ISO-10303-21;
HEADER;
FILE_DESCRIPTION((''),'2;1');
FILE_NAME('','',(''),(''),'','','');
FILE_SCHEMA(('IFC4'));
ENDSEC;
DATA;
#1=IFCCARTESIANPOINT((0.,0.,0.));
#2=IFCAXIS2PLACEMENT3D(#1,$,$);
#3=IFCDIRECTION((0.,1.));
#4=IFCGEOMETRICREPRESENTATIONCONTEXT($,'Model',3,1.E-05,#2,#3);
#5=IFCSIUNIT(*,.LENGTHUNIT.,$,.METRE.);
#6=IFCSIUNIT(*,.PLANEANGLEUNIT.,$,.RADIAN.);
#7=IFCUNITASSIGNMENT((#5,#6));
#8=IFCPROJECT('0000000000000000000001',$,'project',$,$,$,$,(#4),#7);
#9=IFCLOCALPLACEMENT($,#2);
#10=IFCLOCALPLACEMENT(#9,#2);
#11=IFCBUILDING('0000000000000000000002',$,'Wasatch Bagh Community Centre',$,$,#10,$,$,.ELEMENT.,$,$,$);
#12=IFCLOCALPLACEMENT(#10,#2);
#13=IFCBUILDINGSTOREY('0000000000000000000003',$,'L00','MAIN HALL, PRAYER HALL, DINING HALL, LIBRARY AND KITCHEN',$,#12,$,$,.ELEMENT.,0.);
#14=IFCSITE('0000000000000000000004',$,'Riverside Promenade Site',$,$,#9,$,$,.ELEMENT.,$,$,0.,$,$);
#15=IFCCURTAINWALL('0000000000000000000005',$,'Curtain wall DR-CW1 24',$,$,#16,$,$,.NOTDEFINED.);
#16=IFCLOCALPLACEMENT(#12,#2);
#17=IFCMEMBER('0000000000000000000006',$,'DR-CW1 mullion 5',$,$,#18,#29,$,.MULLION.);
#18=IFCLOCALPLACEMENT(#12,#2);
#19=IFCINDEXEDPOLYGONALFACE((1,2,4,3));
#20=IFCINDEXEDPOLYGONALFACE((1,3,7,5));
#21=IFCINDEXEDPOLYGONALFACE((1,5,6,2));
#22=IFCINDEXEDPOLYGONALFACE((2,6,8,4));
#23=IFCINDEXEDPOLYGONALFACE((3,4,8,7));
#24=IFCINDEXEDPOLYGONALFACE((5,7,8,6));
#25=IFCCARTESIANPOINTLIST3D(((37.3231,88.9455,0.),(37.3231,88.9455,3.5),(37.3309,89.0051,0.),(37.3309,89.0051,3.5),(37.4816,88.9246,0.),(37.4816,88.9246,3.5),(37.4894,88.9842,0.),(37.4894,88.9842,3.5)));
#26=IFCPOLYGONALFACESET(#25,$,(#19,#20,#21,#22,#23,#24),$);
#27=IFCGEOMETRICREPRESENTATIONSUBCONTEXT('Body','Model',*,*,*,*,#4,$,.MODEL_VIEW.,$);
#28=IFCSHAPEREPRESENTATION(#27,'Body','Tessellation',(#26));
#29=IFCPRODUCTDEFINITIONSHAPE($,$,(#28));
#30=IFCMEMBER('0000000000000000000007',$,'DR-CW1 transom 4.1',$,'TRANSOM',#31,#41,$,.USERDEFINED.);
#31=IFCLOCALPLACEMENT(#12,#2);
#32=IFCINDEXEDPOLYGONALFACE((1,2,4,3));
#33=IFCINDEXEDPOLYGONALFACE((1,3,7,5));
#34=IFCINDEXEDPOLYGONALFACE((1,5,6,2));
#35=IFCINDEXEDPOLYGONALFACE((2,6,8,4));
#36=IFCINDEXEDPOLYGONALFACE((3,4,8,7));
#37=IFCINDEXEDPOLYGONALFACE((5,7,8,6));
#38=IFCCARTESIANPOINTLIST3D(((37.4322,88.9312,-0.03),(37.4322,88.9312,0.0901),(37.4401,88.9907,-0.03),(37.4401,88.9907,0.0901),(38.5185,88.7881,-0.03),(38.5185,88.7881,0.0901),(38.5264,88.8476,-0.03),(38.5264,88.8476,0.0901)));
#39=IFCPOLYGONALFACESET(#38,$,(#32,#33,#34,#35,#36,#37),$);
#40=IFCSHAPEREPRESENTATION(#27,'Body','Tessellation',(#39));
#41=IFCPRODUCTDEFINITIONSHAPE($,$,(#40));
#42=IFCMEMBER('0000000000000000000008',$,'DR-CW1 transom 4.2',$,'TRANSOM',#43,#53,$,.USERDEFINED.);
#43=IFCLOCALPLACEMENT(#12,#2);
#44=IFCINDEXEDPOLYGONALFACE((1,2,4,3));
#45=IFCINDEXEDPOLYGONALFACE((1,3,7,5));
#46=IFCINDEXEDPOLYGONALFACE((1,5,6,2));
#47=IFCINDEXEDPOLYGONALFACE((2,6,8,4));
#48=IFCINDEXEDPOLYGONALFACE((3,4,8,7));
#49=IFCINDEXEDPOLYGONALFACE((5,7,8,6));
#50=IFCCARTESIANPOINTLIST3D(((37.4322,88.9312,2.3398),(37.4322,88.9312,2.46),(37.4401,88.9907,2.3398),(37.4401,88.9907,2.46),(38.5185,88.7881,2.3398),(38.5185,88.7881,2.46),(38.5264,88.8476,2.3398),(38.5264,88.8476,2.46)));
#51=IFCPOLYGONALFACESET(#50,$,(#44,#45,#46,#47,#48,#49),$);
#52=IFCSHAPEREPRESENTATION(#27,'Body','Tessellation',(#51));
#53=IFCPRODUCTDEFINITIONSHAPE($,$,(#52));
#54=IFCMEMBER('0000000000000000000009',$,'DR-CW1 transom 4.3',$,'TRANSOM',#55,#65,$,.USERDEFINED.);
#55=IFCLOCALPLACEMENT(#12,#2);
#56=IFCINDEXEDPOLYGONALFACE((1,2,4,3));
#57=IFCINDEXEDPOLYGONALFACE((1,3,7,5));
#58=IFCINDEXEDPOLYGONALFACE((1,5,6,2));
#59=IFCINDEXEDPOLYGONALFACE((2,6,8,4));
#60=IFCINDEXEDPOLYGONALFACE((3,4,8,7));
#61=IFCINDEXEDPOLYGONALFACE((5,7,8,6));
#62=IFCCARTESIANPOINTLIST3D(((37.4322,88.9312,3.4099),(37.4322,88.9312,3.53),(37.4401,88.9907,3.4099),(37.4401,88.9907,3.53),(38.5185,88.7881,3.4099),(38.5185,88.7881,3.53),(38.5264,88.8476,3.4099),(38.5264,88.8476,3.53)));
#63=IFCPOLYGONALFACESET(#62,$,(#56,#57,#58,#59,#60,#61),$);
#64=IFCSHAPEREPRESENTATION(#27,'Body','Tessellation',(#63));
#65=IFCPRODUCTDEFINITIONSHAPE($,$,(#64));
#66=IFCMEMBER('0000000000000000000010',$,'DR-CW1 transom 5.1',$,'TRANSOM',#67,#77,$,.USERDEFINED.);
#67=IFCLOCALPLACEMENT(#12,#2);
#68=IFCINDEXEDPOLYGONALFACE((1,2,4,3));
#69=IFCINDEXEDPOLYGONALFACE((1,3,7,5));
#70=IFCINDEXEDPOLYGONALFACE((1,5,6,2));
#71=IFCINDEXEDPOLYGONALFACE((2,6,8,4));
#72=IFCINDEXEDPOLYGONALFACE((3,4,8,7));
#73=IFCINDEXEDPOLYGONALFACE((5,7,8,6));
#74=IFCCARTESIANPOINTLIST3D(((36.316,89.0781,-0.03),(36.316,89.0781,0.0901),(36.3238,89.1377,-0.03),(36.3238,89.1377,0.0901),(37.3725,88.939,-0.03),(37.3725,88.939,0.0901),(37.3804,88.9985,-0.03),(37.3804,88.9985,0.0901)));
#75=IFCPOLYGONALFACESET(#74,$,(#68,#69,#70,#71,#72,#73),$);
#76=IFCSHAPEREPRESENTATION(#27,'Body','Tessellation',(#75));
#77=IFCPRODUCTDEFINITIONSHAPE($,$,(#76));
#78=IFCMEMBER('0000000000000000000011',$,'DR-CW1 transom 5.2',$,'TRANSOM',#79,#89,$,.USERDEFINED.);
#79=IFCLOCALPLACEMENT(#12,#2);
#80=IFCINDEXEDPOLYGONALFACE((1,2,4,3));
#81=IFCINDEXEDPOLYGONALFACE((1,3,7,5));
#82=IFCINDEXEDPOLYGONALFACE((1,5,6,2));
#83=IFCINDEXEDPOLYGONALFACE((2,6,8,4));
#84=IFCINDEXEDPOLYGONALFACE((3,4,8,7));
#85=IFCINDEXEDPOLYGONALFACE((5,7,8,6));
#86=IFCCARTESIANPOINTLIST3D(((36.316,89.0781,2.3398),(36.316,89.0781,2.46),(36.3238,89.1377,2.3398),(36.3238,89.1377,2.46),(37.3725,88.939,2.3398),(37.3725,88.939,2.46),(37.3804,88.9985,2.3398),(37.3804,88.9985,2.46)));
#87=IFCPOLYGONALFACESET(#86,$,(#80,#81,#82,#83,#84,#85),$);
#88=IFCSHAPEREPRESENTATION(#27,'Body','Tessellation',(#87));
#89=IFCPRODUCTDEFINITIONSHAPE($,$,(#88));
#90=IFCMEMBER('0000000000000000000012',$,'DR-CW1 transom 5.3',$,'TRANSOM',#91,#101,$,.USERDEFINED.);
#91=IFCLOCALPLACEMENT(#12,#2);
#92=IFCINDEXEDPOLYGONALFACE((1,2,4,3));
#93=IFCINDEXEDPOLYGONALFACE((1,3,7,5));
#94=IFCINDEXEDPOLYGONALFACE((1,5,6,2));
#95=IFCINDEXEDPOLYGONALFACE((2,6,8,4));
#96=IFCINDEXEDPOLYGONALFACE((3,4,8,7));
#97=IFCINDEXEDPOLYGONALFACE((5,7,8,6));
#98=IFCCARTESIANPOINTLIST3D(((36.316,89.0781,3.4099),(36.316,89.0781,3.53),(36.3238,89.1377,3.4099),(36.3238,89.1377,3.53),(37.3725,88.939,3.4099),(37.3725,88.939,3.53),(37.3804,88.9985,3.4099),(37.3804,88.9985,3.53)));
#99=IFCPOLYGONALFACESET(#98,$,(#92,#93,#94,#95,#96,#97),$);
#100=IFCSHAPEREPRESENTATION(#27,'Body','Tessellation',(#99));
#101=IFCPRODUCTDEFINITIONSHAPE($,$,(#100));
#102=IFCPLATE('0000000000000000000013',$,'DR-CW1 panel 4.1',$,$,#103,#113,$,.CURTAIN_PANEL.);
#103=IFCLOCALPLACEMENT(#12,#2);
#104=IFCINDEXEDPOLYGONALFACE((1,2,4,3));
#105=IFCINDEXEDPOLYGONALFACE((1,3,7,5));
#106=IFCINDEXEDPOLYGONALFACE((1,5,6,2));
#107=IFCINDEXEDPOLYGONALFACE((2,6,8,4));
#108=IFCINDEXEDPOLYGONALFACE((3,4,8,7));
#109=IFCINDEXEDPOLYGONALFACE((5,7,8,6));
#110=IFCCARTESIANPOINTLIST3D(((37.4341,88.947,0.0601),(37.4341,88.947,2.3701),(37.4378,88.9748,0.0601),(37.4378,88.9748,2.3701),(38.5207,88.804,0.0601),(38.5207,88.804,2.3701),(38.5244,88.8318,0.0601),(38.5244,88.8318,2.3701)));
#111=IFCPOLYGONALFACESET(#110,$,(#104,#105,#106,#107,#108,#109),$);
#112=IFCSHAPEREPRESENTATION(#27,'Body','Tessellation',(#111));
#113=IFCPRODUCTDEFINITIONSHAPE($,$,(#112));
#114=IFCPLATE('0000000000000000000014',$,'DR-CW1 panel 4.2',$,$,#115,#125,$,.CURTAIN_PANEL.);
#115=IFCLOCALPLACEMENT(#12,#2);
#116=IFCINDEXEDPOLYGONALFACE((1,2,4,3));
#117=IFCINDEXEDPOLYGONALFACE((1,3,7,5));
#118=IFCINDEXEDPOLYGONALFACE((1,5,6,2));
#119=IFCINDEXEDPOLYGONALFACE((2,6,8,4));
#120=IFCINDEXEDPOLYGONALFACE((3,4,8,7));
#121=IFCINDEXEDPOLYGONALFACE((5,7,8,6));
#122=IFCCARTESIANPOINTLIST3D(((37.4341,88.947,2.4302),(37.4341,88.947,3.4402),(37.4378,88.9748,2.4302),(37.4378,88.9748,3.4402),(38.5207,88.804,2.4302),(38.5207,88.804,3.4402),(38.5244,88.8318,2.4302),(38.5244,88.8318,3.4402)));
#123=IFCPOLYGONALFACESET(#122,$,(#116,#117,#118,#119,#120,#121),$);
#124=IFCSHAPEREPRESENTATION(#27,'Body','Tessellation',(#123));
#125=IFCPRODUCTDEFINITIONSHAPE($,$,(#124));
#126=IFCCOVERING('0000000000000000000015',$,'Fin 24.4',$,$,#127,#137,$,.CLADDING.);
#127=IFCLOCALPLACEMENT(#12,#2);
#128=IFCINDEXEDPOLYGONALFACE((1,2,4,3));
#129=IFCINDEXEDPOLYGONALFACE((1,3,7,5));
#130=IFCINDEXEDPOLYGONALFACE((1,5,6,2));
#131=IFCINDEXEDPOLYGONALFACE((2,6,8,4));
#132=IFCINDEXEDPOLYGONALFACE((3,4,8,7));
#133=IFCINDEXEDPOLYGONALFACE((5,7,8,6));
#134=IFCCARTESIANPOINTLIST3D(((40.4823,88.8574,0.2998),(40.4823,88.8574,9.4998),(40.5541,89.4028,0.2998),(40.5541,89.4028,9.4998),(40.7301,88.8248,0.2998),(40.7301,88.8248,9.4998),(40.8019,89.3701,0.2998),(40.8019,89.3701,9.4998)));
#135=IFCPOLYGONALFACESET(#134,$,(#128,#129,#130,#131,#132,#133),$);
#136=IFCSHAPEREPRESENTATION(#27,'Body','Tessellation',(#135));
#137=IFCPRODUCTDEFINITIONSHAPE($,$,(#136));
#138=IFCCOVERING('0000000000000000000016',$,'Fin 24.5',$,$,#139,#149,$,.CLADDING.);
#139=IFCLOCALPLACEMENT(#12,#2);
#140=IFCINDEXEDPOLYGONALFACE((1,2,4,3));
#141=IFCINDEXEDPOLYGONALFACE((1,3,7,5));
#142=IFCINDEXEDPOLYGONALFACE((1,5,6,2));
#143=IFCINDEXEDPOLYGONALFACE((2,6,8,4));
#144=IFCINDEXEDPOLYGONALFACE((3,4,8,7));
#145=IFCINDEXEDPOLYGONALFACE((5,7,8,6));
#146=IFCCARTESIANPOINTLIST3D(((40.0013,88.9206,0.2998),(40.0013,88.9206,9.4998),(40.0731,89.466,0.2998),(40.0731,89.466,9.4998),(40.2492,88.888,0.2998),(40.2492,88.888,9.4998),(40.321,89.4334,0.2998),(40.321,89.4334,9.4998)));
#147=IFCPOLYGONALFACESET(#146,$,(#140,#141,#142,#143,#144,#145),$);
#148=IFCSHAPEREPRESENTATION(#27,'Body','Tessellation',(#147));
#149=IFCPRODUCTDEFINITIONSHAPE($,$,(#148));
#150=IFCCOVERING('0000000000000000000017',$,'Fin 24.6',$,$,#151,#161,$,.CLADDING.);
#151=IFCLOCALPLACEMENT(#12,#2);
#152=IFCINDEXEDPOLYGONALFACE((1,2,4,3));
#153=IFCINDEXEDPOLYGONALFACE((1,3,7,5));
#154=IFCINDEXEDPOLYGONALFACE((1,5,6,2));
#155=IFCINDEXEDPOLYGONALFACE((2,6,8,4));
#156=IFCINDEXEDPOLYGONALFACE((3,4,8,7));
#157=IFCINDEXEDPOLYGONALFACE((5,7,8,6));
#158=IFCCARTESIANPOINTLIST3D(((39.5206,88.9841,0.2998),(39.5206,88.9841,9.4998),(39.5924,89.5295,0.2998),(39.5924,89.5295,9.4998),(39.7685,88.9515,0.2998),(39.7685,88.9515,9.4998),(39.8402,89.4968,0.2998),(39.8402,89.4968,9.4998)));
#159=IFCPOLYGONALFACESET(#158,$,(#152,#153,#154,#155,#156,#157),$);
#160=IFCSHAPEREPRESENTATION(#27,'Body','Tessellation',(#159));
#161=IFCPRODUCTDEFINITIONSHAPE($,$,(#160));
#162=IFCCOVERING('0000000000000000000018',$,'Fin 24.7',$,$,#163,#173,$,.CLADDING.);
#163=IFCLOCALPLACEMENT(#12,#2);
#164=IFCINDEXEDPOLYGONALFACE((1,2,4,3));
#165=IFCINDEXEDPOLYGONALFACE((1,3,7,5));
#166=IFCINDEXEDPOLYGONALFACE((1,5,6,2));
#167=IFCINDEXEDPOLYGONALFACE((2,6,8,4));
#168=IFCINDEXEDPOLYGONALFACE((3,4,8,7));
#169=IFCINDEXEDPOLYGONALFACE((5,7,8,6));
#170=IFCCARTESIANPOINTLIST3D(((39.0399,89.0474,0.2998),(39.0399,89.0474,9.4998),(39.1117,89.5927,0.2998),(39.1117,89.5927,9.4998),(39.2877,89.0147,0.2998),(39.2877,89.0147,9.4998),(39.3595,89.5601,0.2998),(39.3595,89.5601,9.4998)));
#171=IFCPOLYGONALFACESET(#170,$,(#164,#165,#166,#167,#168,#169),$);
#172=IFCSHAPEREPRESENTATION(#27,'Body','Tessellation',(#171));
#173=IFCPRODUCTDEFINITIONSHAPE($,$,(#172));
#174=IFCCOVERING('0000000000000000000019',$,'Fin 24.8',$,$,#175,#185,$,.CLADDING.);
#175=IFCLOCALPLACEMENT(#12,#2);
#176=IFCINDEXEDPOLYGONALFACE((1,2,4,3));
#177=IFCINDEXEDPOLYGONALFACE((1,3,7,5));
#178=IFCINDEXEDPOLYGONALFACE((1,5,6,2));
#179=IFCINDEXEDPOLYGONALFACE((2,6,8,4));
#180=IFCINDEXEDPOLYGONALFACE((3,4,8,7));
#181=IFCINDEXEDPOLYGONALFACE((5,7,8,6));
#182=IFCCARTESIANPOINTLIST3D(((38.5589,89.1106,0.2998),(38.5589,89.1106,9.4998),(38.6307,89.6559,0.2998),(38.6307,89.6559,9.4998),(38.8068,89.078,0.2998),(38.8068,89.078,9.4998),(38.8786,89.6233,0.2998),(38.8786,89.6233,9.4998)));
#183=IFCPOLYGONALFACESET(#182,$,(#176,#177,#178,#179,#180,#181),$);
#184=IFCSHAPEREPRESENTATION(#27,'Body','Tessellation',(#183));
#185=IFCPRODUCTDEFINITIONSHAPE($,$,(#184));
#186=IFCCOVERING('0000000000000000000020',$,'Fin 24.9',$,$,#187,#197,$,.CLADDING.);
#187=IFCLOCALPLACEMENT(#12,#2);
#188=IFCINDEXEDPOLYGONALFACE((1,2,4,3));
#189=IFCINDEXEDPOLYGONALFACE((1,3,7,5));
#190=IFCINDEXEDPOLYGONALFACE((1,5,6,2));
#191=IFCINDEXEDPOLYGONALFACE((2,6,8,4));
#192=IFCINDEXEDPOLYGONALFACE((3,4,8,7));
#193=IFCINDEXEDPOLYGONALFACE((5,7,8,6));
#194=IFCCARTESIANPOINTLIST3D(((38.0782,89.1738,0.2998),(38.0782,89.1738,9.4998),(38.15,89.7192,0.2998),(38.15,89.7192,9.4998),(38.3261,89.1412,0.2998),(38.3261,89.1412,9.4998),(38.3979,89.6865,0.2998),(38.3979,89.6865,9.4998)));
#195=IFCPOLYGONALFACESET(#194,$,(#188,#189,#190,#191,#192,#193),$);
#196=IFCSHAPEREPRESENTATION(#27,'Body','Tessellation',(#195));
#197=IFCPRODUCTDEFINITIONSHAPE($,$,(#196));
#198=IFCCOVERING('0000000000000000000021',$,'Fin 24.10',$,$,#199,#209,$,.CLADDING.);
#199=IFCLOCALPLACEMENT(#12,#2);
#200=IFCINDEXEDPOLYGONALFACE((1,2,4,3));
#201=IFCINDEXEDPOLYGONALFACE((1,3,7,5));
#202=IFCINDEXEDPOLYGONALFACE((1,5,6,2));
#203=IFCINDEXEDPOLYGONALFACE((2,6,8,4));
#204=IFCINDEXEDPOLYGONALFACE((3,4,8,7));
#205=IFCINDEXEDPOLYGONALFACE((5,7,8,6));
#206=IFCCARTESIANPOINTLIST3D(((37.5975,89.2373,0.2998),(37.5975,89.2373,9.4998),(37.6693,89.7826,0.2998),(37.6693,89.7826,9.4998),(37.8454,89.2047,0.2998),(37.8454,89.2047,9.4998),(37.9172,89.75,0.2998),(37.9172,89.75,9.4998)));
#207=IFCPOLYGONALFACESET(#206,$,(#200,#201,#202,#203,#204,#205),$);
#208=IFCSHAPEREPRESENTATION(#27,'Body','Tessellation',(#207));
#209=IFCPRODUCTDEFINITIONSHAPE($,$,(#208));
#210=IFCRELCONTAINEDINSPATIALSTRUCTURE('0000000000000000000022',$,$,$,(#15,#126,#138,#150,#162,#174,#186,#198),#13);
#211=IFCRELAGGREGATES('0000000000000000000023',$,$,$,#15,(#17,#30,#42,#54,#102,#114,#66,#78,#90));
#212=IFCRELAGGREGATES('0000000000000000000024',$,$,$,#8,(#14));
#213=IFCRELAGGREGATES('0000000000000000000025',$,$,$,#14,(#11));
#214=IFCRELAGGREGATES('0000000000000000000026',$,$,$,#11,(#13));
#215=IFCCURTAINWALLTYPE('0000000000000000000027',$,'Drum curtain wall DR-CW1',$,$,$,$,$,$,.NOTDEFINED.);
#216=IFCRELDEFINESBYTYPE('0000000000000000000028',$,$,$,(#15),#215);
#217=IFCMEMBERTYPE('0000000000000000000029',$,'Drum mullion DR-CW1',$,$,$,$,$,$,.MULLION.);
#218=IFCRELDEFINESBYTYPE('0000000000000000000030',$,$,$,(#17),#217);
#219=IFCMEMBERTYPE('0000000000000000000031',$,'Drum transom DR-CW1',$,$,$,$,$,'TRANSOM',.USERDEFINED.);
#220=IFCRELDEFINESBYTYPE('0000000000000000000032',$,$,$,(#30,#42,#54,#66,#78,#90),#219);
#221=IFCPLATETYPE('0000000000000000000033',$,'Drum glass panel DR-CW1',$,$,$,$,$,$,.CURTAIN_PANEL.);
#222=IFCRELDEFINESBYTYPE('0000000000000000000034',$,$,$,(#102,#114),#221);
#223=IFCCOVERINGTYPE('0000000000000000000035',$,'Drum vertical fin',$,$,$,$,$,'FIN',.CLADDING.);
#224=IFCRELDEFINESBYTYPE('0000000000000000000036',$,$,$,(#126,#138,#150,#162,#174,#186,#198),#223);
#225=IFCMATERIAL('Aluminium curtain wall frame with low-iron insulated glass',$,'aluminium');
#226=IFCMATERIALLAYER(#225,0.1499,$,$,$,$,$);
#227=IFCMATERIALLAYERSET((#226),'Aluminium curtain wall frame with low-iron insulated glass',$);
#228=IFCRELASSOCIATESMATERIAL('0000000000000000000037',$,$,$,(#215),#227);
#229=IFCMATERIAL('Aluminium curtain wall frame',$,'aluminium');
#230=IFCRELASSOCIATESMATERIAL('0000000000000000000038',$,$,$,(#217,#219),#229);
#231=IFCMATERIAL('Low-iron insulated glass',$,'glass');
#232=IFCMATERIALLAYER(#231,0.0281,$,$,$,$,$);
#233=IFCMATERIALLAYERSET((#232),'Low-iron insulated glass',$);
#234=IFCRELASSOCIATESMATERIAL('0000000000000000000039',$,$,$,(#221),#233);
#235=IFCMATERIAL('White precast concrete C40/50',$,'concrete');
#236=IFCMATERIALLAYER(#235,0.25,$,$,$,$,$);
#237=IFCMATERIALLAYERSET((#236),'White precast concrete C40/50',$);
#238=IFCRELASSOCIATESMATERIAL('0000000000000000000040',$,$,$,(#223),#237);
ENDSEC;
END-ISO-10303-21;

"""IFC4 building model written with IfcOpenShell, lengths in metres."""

from ifc_helpers import new_model, si_unit, direction, frame, origin, origin_2d, place, context, subcontext, project, spatial, rectangle, extrude, material, layer, layer_set, material_profile, profile_set, type_object, element, aggregate, save


model = new_model("IFC4")

# Units and contexts
model_context = context("Model", 3, precision=1e-05, world=origin(), true_north=direction((0.0, 1.0)))
body_context = subcontext(model_context, "Body", "Model", "MODEL_VIEW")
ifc_project = project(units=[si_unit("LENGTHUNIT", "METRE"), si_unit("PLANEANGLEUNIT", "RADIAN")], contexts=[model_context])

# Site, building, storey
site_placement = place(None, origin())
site = spatial("IfcSite", under=ifc_project, at=site_placement, Name="Riverside Promenade Site", CompositionType="ELEMENT", RefElevation=0.0)
building_placement = place(site_placement, origin())
building = spatial("IfcBuilding", under=site, at=building_placement, Name="Wasatch Bagh Community Centre", CompositionType="ELEMENT")
storey_placement = place(building_placement, origin())
storey = spatial("IfcBuildingStorey", under=building, at=storey_placement, Name="L00", Description="MAIN HALL, PRAYER HALL, DINING HALL, LIBRARY AND KITCHEN", CompositionType="ELEMENT", Elevation=0.0)

# Curtain wall, members, plates
ifc_material_1 = material(Name="Aluminium curtain wall frame with low-iron insulated glass", Category="aluminium")
ifc_layer_1 = layer(ifc_material_1, 0.1499)
ifc_layer_set_1 = layer_set([ifc_layer_1], Name="Aluminium curtain wall frame with low-iron insulated glass")
curtain_wall_type = type_object("IfcCurtainWallType", Name="Drum curtain wall DR-CW1", PredefinedType="NOTDEFINED", material=ifc_layer_set_1)
curtain_wall_placement = place(storey_placement, origin())
curtain_wall = element("IfcCurtainWall", 1, at=curtain_wall_placement, inside=storey, type_object=curtain_wall_type, Name="Curtain wall DR-CW1 24", PredefinedType="NOTDEFINED")
ifc_material_2 = material(Name="Aluminium curtain wall frame", Category="aluminium")
ifc_material_profile_1 = material_profile(ifc_material_2, rectangle(XDim=0.0601, YDim=0.1599, at=origin_2d()), Name="Drum mullion DR-CW1")
ifc_profile_set_1 = profile_set([ifc_material_profile_1], Name="Aluminium curtain wall frame")
member_type_1 = type_object("IfcMemberType", Name="Drum mullion DR-CW1", PredefinedType="MULLION", material=ifc_profile_set_1)
member_1_placement = place(storey_placement, frame((37.4062, 88.9648, 0.0), z_axis=(0.0, 0.0, 1.0), x_axis=(-0.130526, -0.991445, 0.0)))
member_1 = element("IfcMember", 2, at=member_1_placement, type_object=member_type_1, Name="DR-CW1 mullion 5", PredefinedType="MULLION", context=body_context, shape_type="SweptSolid", body=[
    extrude(rectangle(XDim=0.0601, YDim=0.1599, at=origin_2d()), origin(), (0.0, 0.0, 1.0), 3.5),
])
ifc_material_profile_2 = material_profile(ifc_material_2, rectangle(XDim=0.0601, YDim=0.1201, at=origin_2d()), Name="Drum transom DR-CW1")
ifc_profile_set_2 = profile_set([ifc_material_profile_2], Name="Aluminium curtain wall frame")
member_type_2 = type_object("IfcMemberType", Name="Drum transom DR-CW1", ElementType="TRANSOM", PredefinedType="USERDEFINED", material=ifc_profile_set_2)
member_2_placement = place(storey_placement, frame((38.5225, 88.8179, 0.03), z_axis=(-0.991441, 0.130558, 0.0), x_axis=(-0.130558, -0.991441, 0.0)))
member_2 = element("IfcMember", 3, at=member_2_placement, type_object=member_type_2, Name="DR-CW1 transom 4.1", ObjectType="TRANSOM", PredefinedType="USERDEFINED", context=body_context, shape_type="SweptSolid", body=[
    extrude(rectangle(XDim=0.0601, YDim=0.1201, at=origin_2d()), origin(), (0.0, 0.0, 1.0), 1.0957),
])
member_3_placement = place(storey_placement, frame((38.5225, 88.8179, 2.3999), z_axis=(-0.991441, 0.130558, 0.0), x_axis=(-0.130558, -0.991441, 0.0)))
member_3 = element("IfcMember", 4, at=member_3_placement, type_object=member_type_2, Name="DR-CW1 transom 4.2", ObjectType="TRANSOM", PredefinedType="USERDEFINED", context=body_context, shape_type="SweptSolid", body=[
    extrude(rectangle(XDim=0.0601, YDim=0.1201, at=origin_2d()), origin(), (0.0, 0.0, 1.0), 1.0957),
])
member_4_placement = place(storey_placement, frame((38.5225, 88.8179, 3.47), z_axis=(-0.991441, 0.130558, 0.0), x_axis=(-0.130558, -0.991441, 0.0)))
member_4 = element("IfcMember", 5, at=member_4_placement, type_object=member_type_2, Name="DR-CW1 transom 4.3", ObjectType="TRANSOM", PredefinedType="USERDEFINED", context=body_context, shape_type="SweptSolid", body=[
    extrude(rectangle(XDim=0.0601, YDim=0.1201, at=origin_2d()), origin(), (0.0, 0.0, 1.0), 1.0957),
])
member_5_placement = place(storey_placement, frame((37.3765, 88.9688, 0.03), z_axis=(-0.991439, 0.130573, 0.0), x_axis=(-0.130573, -0.991439, 0.0)))
member_5 = element("IfcMember", 6, at=member_5_placement, type_object=member_type_2, Name="DR-CW1 transom 5.1", ObjectType="TRANSOM", PredefinedType="USERDEFINED", context=body_context, shape_type="SweptSolid", body=[
    extrude(rectangle(XDim=0.0601, YDim=0.1201, at=origin_2d()), origin(), (0.0, 0.0, 1.0), 1.0657),
])
member_6_placement = place(storey_placement, frame((37.3765, 88.9688, 2.3999), z_axis=(-0.991439, 0.130573, 0.0), x_axis=(-0.130573, -0.991439, 0.0)))
member_6 = element("IfcMember", 7, at=member_6_placement, type_object=member_type_2, Name="DR-CW1 transom 5.2", ObjectType="TRANSOM", PredefinedType="USERDEFINED", context=body_context, shape_type="SweptSolid", body=[
    extrude(rectangle(XDim=0.0601, YDim=0.1201, at=origin_2d()), origin(), (0.0, 0.0, 1.0), 1.0657),
])
member_7_placement = place(storey_placement, frame((37.3765, 88.9688, 3.47), z_axis=(-0.991439, 0.130573, 0.0), x_axis=(-0.130573, -0.991439, 0.0)))
member_7 = element("IfcMember", 8, at=member_7_placement, type_object=member_type_2, Name="DR-CW1 transom 5.3", ObjectType="TRANSOM", PredefinedType="USERDEFINED", context=body_context, shape_type="SweptSolid", body=[
    extrude(rectangle(XDim=0.0601, YDim=0.1201, at=origin_2d()), origin(), (0.0, 0.0, 1.0), 1.0657),
])
ifc_material_3 = material(Name="Low-iron insulated glass", Category="glass")
ifc_layer_2 = layer(ifc_material_3, 0.0281)
ifc_layer_set_2 = layer_set([ifc_layer_2], Name="Low-iron insulated glass")
plate_type = type_object("IfcPlateType", Name="Drum glass panel DR-CW1", PredefinedType="CURTAIN_PANEL", material=ifc_layer_set_2)
plate_1_placement = place(storey_placement, frame((37.9792, 88.8894, 0.0601), z_axis=(0.0, 0.0, 1.0), x_axis=(-0.991445, 0.130526, 0.0)))
plate_1 = element("IfcPlate", 9, at=plate_1_placement, type_object=plate_type, Name="DR-CW1 panel 4.1", PredefinedType="CURTAIN_PANEL", context=body_context, shape_type="SweptSolid", body=[
    extrude(rectangle(XDim=1.0959, YDim=0.0281, at=origin_2d()), origin(), (0.0, 0.0, 1.0), 2.3101),
])
plate_2_placement = place(storey_placement, frame((37.9792, 88.8894, 2.4302), z_axis=(0.0, 0.0, 1.0), x_axis=(-0.991445, 0.130526, 0.0)))
plate_2 = element("IfcPlate", 10, at=plate_2_placement, type_object=plate_type, Name="DR-CW1 panel 4.2", PredefinedType="CURTAIN_PANEL", context=body_context, shape_type="SweptSolid", body=[
    extrude(rectangle(XDim=1.0959, YDim=0.0281, at=origin_2d()), origin(), (0.0, 0.0, 1.0), 1.01),
])
aggregate(curtain_wall, [member_1, member_2, member_3, member_4, plate_1, plate_2, member_5, member_6, member_7])

# Coverings
ifc_material_4 = material(Name="White precast concrete C40/50", Category="concrete")
ifc_layer_3 = layer(ifc_material_4, 0.25)
ifc_layer_set_3 = layer_set([ifc_layer_3], Name="White precast concrete C40/50")
covering_type = type_object("IfcCoveringType", Name="Drum vertical fin", ElementType="FIN", PredefinedType="CLADDING", material=ifc_layer_set_3)
for number, where, z_axis, x_axis, name in (
    (11, (40.6421, 89.1138, 0.2998), (0.0, 0.0, 1.0), (-0.991445, 0.130526, 0.0), "Fin 24.4"),
    (12, (40.1611, 89.177, 0.2998), (0.0, 0.0, 1.0), (-0.991445, 0.130526, 0.0), "Fin 24.5"),
    (13, (39.6804, 89.2405, 0.2998), (0.0, 0.0, 1.0), (-0.991445, 0.130526, 0.0), "Fin 24.6"),
    (14, (39.1997, 89.3037, 0.2998), (0.0, 0.0, 1.0), (-0.991445, 0.130526, 0.0), "Fin 24.7"),
    (15, (38.7188, 89.3669, 0.2998), (0.0, 0.0, 1.0), (-0.991445, 0.130526, 0.0), "Fin 24.8"),
    (16, (38.238, 89.4302, 0.2998), (0.0, 0.0, 1.0), (-0.991445, 0.130526, 0.0), "Fin 24.9"),
    (17, (37.7573, 89.4937, 0.2998), (0.0, 0.0, 1.0), (-0.991445, 0.130526, 0.0), "Fin 24.10"),
):
    element("IfcCovering", number, at=place(storey_placement, frame(where, z_axis=z_axis, x_axis=x_axis)), inside=storey, type_object=covering_type, Name=name, PredefinedType="CLADDING", context=body_context, shape_type="SweptSolid", body=[
        extrude(rectangle(XDim=0.25, YDim=0.55, at=origin_2d()), origin(), (0.0, 0.0, 1.0), 9.2),
    ])

save(model, "model.ifc")
